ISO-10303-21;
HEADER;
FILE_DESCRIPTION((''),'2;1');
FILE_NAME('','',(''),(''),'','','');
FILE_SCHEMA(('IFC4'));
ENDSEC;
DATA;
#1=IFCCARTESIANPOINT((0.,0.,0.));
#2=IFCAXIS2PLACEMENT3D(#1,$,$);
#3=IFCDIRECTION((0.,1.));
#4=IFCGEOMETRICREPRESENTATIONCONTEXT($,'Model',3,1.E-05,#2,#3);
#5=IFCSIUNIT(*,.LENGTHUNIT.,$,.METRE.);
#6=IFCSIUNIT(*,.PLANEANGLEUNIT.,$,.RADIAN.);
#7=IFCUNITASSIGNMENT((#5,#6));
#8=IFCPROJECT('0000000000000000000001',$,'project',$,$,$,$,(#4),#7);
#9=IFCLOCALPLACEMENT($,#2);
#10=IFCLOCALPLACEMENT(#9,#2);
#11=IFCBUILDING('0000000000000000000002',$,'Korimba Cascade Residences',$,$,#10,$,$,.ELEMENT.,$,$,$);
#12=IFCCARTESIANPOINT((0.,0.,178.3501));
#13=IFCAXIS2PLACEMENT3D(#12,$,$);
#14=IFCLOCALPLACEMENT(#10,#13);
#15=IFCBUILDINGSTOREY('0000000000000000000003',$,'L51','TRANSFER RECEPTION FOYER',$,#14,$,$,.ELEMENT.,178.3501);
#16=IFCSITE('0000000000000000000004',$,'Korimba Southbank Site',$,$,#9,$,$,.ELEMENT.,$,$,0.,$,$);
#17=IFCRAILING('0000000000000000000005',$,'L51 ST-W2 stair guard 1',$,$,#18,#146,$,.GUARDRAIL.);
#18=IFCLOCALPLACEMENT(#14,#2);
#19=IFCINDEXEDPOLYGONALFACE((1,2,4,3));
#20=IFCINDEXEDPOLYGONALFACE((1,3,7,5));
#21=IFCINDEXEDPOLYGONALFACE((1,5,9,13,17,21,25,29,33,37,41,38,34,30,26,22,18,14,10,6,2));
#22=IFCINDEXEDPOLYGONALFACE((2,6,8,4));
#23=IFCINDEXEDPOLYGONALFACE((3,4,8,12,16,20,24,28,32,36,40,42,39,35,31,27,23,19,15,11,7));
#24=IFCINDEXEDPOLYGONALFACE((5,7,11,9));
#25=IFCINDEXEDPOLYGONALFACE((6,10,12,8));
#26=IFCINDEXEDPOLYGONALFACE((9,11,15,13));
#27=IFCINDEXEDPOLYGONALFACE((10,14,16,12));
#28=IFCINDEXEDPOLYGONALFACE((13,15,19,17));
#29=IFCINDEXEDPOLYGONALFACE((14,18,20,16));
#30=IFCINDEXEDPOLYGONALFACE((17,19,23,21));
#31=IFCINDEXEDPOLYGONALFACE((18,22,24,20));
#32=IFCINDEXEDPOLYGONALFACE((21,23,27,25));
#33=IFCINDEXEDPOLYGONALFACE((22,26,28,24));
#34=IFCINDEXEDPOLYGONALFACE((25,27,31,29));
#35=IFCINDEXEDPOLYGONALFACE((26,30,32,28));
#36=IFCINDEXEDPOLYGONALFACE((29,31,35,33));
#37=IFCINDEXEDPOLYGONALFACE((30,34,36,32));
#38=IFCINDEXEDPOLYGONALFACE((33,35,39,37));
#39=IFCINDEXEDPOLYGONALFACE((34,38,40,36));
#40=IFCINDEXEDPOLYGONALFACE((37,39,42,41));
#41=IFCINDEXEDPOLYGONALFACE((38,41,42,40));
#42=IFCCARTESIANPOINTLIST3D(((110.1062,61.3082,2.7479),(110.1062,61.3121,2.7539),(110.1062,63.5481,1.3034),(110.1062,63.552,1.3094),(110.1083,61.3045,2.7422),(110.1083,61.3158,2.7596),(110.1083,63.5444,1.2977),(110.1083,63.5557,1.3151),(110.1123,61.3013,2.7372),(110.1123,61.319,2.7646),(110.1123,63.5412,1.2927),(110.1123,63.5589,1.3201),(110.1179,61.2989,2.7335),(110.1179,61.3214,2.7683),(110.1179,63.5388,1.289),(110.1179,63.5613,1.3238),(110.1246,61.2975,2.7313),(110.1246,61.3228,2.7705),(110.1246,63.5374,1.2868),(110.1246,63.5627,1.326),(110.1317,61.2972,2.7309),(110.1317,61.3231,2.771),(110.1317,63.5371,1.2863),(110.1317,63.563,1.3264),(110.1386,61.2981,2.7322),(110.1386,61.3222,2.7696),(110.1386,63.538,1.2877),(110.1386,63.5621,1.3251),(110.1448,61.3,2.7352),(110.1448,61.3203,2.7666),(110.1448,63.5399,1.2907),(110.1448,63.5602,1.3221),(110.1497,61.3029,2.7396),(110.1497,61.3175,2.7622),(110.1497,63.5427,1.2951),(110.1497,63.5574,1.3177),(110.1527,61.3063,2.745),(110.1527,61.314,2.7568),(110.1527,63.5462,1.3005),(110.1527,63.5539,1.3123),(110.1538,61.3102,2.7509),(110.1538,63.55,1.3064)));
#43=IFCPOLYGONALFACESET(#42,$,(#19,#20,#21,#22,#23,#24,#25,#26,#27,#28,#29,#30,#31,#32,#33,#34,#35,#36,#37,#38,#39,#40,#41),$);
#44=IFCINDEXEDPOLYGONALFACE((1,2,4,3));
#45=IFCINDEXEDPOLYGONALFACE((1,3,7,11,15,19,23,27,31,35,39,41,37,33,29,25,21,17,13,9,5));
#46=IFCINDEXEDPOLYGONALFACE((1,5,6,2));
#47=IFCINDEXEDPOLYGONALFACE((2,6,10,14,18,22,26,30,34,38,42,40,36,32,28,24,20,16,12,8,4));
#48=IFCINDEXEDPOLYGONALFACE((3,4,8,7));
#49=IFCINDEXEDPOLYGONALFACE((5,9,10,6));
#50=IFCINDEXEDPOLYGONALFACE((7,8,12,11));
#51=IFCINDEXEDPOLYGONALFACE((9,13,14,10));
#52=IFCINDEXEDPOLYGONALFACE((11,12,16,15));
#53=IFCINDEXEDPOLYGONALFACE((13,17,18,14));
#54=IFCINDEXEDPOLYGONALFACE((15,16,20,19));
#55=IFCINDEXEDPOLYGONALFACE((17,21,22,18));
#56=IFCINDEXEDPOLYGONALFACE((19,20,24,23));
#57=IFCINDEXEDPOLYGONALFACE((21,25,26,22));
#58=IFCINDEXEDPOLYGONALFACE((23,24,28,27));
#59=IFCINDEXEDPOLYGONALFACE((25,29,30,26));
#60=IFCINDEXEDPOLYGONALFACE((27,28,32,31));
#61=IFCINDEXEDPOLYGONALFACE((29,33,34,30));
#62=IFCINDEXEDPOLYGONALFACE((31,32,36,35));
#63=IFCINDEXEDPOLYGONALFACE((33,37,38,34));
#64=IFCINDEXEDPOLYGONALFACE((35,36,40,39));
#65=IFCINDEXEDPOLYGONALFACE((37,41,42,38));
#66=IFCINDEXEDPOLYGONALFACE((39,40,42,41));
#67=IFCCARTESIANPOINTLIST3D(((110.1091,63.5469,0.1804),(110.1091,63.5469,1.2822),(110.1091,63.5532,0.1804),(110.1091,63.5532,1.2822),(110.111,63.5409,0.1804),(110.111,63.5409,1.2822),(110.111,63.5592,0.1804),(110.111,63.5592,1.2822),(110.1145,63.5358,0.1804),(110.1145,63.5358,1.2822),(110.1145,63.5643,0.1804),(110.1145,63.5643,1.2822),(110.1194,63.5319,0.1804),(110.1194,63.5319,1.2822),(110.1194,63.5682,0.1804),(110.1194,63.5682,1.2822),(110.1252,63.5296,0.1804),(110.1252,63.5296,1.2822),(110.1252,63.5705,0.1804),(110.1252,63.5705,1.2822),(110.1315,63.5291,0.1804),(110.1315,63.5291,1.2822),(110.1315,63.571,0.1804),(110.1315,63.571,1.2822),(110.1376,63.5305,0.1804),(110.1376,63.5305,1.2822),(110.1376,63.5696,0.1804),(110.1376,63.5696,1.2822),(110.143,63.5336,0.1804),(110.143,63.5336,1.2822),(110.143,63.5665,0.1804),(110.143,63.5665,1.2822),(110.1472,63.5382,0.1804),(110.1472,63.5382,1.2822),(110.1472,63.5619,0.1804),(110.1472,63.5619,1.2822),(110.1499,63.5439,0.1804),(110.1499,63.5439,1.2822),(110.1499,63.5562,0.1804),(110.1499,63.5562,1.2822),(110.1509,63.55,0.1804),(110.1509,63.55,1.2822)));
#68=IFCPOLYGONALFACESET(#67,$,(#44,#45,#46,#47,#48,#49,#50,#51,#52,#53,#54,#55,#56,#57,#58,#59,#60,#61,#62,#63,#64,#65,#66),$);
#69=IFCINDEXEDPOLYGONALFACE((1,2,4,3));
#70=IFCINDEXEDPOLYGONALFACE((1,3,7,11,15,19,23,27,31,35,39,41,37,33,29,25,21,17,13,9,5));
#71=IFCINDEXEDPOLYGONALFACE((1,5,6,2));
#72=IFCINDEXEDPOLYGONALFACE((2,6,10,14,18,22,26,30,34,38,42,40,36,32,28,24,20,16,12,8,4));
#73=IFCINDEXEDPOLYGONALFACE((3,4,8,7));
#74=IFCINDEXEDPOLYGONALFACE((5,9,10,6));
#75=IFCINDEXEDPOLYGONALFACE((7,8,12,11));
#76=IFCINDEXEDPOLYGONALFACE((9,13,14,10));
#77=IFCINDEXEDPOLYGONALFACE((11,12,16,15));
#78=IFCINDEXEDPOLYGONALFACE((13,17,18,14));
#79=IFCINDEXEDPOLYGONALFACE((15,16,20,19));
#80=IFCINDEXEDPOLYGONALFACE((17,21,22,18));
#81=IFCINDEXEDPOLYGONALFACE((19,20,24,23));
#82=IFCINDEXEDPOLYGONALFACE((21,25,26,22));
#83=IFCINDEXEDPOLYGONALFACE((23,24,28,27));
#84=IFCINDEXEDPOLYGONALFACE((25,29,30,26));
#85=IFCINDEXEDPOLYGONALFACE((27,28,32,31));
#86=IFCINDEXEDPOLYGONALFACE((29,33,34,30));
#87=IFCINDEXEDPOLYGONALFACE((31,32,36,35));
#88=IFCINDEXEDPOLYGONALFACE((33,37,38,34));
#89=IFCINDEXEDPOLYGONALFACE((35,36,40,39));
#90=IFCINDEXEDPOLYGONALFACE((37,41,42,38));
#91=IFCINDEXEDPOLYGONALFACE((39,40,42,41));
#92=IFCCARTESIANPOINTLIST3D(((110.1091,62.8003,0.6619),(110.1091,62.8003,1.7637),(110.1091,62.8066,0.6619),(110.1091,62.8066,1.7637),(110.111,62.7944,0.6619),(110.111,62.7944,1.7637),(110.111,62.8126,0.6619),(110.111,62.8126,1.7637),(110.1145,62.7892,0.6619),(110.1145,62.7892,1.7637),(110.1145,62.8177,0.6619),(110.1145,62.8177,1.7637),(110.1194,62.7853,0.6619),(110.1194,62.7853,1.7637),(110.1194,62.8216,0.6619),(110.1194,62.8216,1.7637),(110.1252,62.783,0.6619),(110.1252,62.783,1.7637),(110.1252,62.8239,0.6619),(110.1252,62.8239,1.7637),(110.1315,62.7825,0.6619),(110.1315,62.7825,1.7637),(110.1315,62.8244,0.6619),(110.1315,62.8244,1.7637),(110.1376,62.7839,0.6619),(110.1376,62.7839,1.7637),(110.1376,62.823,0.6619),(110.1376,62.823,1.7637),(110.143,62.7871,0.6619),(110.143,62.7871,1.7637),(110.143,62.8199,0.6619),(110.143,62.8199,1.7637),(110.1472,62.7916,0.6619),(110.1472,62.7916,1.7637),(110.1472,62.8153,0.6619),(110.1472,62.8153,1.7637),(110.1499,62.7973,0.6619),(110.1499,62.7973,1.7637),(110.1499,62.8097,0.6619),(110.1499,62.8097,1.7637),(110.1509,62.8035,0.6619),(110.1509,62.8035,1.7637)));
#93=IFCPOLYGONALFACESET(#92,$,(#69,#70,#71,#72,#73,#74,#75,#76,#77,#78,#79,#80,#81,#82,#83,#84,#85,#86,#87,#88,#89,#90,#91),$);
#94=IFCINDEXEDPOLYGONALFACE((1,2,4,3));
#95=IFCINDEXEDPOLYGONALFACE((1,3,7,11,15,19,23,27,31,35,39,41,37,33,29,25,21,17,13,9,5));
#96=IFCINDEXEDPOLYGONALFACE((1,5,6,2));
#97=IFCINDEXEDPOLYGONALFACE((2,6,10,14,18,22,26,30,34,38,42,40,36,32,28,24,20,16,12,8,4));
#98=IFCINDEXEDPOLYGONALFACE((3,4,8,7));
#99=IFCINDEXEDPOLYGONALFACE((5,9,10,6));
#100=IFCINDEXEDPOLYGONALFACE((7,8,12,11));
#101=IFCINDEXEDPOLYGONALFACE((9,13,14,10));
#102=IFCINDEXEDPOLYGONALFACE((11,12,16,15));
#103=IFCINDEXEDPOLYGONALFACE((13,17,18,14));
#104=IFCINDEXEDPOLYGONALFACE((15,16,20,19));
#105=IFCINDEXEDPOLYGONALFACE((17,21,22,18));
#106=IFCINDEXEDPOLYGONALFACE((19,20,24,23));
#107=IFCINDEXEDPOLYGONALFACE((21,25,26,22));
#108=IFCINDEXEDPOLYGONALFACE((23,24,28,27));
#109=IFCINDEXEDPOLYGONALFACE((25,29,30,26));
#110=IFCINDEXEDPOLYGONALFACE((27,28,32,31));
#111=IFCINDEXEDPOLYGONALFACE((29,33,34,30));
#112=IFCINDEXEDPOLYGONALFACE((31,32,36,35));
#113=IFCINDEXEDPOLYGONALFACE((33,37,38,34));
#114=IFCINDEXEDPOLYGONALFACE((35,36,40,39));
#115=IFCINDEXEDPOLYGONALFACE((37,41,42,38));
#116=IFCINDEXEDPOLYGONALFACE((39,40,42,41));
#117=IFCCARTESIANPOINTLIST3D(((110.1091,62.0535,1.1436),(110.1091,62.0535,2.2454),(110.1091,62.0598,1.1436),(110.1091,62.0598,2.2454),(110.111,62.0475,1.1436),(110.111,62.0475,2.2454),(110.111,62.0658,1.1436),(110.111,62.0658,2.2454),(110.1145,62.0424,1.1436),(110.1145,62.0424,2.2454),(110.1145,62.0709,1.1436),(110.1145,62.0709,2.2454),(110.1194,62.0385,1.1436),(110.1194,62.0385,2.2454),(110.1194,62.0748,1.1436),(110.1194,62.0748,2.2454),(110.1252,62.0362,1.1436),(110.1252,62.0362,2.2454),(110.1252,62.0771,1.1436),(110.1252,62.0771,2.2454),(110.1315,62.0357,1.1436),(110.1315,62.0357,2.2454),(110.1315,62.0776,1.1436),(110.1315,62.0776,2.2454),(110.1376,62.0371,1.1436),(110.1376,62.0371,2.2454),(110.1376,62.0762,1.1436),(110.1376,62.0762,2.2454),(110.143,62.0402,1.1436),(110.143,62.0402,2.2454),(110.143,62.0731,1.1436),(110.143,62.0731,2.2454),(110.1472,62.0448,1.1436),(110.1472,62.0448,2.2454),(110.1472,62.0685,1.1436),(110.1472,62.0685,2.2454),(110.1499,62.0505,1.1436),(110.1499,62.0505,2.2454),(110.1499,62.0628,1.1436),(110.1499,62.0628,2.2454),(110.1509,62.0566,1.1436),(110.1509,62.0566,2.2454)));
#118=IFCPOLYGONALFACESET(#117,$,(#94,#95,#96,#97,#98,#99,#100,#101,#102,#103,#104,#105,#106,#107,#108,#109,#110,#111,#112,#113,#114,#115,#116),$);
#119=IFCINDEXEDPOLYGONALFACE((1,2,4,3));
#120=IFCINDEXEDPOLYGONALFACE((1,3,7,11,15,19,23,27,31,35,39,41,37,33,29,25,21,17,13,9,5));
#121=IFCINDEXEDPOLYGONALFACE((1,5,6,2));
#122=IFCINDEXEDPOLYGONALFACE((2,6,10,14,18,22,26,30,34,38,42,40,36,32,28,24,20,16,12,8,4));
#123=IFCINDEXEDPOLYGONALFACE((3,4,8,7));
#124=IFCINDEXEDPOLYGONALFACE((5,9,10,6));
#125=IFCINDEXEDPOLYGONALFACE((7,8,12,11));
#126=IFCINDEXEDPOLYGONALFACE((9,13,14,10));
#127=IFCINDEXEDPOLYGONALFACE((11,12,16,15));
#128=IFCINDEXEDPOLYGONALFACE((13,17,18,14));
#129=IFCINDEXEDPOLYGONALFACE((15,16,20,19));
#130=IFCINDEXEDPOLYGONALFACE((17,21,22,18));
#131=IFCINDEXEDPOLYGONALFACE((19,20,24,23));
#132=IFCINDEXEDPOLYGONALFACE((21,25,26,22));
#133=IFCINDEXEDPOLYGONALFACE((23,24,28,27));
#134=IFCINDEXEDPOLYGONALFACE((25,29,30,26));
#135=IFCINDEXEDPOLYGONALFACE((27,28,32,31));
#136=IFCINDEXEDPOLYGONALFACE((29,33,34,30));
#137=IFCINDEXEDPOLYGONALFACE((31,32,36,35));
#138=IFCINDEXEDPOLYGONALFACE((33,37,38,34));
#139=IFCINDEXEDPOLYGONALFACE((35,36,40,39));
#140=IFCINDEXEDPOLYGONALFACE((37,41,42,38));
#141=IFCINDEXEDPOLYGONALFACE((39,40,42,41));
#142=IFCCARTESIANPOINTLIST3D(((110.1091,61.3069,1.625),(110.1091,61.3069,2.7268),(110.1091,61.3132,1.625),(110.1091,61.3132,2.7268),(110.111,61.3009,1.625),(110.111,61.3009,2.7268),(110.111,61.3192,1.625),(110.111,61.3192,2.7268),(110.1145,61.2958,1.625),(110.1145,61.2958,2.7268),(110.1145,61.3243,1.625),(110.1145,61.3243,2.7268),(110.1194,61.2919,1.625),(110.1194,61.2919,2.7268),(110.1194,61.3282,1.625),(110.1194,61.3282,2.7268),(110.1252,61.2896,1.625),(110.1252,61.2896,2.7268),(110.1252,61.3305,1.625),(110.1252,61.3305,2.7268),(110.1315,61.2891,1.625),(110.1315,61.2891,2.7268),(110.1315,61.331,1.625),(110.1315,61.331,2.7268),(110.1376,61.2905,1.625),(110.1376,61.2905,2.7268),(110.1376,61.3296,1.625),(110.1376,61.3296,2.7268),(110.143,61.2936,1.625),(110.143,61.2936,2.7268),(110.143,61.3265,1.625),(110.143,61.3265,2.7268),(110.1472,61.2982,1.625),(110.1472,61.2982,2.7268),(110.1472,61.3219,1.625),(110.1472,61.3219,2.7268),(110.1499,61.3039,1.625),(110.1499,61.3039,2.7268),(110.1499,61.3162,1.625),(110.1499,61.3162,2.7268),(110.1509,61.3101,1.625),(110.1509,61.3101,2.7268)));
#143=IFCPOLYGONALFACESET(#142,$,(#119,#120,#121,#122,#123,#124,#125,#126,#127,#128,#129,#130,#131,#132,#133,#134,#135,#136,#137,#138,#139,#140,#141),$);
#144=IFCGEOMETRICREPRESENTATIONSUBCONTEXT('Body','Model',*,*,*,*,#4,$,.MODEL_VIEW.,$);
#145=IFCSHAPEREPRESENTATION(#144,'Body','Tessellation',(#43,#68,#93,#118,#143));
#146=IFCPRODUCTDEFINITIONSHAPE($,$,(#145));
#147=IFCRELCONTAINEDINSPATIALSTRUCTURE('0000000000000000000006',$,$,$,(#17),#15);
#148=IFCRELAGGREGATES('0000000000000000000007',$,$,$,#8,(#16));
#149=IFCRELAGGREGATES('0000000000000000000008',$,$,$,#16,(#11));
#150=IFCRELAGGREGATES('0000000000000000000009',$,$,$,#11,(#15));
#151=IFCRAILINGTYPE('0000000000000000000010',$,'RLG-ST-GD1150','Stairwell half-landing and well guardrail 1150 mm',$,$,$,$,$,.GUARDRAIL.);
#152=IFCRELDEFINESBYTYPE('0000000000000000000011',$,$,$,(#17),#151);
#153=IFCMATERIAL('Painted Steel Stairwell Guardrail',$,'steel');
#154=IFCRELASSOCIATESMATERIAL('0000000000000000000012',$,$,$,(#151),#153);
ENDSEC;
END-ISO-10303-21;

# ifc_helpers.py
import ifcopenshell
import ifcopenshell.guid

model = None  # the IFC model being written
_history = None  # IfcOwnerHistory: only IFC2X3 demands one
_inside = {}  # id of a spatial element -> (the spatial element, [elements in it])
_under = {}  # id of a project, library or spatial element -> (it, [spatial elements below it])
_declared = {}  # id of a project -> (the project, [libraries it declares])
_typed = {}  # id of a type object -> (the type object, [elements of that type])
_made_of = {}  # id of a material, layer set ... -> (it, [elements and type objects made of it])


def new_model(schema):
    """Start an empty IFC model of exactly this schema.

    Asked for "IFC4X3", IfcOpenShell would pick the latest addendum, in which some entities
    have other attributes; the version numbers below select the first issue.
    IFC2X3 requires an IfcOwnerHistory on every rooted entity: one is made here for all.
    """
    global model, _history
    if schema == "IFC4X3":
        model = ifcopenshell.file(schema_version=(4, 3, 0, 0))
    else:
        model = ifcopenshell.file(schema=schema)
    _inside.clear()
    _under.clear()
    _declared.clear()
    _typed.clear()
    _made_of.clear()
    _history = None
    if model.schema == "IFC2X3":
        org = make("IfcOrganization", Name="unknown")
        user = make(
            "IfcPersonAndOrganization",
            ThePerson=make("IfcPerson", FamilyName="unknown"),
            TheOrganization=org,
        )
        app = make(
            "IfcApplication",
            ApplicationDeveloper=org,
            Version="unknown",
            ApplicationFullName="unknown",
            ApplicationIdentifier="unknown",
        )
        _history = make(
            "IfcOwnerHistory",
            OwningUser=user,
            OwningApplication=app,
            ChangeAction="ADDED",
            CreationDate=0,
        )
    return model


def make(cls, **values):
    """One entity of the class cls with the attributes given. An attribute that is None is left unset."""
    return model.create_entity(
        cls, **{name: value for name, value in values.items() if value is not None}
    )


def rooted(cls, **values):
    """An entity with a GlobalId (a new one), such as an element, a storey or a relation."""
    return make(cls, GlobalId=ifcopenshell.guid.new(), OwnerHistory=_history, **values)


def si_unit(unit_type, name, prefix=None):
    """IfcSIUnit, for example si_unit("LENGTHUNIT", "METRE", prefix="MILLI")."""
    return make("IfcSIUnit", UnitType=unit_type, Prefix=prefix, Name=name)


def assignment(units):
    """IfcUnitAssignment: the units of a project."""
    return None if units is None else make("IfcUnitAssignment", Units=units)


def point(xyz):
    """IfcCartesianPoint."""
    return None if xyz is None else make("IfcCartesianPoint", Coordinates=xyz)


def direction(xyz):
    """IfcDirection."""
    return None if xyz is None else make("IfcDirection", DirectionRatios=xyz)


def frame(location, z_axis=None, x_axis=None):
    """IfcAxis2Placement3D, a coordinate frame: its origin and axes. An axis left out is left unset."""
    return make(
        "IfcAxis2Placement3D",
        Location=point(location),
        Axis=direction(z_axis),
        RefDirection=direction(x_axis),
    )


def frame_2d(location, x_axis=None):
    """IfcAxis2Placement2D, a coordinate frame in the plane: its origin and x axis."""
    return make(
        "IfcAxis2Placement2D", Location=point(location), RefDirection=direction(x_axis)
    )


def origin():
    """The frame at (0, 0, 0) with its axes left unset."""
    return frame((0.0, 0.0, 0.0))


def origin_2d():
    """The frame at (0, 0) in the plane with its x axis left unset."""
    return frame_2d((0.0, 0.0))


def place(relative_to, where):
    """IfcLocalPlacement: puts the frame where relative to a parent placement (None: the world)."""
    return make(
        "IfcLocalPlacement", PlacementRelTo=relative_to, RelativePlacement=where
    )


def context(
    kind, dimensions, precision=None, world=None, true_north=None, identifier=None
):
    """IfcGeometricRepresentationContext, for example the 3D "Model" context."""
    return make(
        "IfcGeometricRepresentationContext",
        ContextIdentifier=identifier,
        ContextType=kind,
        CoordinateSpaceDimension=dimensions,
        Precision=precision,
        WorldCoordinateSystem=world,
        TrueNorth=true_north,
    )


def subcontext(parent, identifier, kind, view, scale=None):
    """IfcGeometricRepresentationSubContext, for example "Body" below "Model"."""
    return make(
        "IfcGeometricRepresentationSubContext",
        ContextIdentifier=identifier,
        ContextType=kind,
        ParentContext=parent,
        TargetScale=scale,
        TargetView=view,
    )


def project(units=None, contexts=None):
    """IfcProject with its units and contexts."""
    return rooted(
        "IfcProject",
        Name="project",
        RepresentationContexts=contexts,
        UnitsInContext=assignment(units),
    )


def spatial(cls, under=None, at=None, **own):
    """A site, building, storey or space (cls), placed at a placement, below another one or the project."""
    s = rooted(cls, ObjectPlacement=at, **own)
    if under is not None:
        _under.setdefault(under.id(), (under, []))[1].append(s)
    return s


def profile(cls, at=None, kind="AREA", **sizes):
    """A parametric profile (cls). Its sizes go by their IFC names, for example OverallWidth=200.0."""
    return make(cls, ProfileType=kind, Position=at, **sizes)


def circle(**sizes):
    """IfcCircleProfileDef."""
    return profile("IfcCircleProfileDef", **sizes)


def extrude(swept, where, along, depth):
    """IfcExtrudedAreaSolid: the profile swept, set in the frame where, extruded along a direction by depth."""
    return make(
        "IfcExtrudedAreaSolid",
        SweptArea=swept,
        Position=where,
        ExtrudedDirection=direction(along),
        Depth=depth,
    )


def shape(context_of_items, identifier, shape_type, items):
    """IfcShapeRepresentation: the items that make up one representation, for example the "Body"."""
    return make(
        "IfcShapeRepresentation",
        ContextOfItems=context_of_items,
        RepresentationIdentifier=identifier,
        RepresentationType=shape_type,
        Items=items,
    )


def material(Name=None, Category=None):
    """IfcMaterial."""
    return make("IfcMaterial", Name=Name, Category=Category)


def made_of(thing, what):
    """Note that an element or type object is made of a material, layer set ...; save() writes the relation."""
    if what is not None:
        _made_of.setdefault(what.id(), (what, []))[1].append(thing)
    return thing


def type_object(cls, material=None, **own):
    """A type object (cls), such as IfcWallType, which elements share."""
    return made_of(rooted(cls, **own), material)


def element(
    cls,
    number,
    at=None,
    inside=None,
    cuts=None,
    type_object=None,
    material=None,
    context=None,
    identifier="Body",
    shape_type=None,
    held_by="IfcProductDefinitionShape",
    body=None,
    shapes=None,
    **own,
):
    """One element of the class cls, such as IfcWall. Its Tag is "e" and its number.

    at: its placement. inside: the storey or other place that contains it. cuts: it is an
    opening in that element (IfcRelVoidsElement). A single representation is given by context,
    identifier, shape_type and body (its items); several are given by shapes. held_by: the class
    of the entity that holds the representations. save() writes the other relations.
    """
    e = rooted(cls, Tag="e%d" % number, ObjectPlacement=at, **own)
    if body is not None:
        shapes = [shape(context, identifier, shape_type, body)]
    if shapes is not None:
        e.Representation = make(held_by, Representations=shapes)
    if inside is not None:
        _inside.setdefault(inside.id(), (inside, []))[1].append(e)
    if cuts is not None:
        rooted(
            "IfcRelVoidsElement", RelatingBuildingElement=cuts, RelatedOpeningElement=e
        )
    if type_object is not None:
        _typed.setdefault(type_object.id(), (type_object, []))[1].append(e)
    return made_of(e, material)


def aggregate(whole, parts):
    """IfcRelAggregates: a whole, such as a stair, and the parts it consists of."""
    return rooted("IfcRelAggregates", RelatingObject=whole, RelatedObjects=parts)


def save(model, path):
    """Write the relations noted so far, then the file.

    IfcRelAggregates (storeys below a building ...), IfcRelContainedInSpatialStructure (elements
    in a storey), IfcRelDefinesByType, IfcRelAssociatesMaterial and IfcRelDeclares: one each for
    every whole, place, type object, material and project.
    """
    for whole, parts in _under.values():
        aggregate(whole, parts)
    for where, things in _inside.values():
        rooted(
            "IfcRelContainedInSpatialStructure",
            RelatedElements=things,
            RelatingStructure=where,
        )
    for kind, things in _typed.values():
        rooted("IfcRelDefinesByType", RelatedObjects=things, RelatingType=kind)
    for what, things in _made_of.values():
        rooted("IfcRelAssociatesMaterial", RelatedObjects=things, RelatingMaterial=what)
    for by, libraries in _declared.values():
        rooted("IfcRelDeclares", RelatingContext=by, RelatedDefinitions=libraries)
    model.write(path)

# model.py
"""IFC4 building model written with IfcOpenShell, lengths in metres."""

from ifc_helpers import new_model, si_unit, direction, frame, origin, origin_2d, place, context, subcontext, project, spatial, circle, extrude, material, type_object, element, save


model = new_model("IFC4")

# Units and contexts
model_context = context("Model", 3, precision=1e-05, world=origin(), true_north=direction((0.0, 1.0)))
body_context = subcontext(model_context, "Body", "Model", "MODEL_VIEW")
ifc_project = project(units=[si_unit("LENGTHUNIT", "METRE"), si_unit("PLANEANGLEUNIT", "RADIAN")], contexts=[model_context])

# Site, building, storey
site_placement = place(None, origin())
site = spatial("IfcSite", under=ifc_project, at=site_placement, Name="Korimba Southbank Site", CompositionType="ELEMENT", RefElevation=0.0)
building_placement = place(site_placement, origin())
building = spatial("IfcBuilding", under=site, at=building_placement, Name="Korimba Cascade Residences", CompositionType="ELEMENT")
storey_placement = place(building_placement, frame((0.0, 0.0, 178.3501)))
storey = spatial("IfcBuildingStorey", under=building, at=storey_placement, Name="L51", Description="TRANSFER RECEPTION FOYER", CompositionType="ELEMENT", Elevation=178.3501)

# Railing
ifc_material_1 = material(Name="Painted Steel Stairwell Guardrail", Category="steel")
railing_type_1 = type_object("IfcRailingType", Name="RLG-ST-GD1150", Description="Stairwell half-landing and well guardrail 1150 mm", PredefinedType="GUARDRAIL", material=ifc_material_1)
railing_1_placement = place(storey_placement, frame((110.1299, 63.55, 0.1804)))
element("IfcRailing", 1, at=railing_1_placement, inside=storey, type_object=railing_type_1, Name="L51 ST-W2 stair guard 1", PredefinedType="GUARDRAIL", context=body_context, shape_type="SweptSolid", body=[
    extrude(circle(Radius=0.0239, at=origin_2d()), frame((0.0, 0.0, 1.126), z_axis=(0.0, -0.840395, 0.541975), x_axis=(1.0, 0.0, 0.0)), (0.0, 0.0, 1.0), 2.6653),
    extrude(circle(Radius=0.021, at=origin_2d()), origin(), (0.0, 0.0, 1.0), 1.1018),
    extrude(circle(Radius=0.021, at=origin_2d()), frame((0.0, -0.7466, 0.4814)), (0.0, 0.0, 1.0), 1.1018),
    extrude(circle(Radius=0.021, at=origin_2d()), frame((0.0, -1.4934, 0.9631)), (0.0, 0.0, 1.0), 1.1018),
    extrude(circle(Radius=0.021, at=origin_2d()), frame((0.0, -2.24, 1.4446)), (0.0, 0.0, 1.0), 1.1018),
])

save(model, "model.ifc")
